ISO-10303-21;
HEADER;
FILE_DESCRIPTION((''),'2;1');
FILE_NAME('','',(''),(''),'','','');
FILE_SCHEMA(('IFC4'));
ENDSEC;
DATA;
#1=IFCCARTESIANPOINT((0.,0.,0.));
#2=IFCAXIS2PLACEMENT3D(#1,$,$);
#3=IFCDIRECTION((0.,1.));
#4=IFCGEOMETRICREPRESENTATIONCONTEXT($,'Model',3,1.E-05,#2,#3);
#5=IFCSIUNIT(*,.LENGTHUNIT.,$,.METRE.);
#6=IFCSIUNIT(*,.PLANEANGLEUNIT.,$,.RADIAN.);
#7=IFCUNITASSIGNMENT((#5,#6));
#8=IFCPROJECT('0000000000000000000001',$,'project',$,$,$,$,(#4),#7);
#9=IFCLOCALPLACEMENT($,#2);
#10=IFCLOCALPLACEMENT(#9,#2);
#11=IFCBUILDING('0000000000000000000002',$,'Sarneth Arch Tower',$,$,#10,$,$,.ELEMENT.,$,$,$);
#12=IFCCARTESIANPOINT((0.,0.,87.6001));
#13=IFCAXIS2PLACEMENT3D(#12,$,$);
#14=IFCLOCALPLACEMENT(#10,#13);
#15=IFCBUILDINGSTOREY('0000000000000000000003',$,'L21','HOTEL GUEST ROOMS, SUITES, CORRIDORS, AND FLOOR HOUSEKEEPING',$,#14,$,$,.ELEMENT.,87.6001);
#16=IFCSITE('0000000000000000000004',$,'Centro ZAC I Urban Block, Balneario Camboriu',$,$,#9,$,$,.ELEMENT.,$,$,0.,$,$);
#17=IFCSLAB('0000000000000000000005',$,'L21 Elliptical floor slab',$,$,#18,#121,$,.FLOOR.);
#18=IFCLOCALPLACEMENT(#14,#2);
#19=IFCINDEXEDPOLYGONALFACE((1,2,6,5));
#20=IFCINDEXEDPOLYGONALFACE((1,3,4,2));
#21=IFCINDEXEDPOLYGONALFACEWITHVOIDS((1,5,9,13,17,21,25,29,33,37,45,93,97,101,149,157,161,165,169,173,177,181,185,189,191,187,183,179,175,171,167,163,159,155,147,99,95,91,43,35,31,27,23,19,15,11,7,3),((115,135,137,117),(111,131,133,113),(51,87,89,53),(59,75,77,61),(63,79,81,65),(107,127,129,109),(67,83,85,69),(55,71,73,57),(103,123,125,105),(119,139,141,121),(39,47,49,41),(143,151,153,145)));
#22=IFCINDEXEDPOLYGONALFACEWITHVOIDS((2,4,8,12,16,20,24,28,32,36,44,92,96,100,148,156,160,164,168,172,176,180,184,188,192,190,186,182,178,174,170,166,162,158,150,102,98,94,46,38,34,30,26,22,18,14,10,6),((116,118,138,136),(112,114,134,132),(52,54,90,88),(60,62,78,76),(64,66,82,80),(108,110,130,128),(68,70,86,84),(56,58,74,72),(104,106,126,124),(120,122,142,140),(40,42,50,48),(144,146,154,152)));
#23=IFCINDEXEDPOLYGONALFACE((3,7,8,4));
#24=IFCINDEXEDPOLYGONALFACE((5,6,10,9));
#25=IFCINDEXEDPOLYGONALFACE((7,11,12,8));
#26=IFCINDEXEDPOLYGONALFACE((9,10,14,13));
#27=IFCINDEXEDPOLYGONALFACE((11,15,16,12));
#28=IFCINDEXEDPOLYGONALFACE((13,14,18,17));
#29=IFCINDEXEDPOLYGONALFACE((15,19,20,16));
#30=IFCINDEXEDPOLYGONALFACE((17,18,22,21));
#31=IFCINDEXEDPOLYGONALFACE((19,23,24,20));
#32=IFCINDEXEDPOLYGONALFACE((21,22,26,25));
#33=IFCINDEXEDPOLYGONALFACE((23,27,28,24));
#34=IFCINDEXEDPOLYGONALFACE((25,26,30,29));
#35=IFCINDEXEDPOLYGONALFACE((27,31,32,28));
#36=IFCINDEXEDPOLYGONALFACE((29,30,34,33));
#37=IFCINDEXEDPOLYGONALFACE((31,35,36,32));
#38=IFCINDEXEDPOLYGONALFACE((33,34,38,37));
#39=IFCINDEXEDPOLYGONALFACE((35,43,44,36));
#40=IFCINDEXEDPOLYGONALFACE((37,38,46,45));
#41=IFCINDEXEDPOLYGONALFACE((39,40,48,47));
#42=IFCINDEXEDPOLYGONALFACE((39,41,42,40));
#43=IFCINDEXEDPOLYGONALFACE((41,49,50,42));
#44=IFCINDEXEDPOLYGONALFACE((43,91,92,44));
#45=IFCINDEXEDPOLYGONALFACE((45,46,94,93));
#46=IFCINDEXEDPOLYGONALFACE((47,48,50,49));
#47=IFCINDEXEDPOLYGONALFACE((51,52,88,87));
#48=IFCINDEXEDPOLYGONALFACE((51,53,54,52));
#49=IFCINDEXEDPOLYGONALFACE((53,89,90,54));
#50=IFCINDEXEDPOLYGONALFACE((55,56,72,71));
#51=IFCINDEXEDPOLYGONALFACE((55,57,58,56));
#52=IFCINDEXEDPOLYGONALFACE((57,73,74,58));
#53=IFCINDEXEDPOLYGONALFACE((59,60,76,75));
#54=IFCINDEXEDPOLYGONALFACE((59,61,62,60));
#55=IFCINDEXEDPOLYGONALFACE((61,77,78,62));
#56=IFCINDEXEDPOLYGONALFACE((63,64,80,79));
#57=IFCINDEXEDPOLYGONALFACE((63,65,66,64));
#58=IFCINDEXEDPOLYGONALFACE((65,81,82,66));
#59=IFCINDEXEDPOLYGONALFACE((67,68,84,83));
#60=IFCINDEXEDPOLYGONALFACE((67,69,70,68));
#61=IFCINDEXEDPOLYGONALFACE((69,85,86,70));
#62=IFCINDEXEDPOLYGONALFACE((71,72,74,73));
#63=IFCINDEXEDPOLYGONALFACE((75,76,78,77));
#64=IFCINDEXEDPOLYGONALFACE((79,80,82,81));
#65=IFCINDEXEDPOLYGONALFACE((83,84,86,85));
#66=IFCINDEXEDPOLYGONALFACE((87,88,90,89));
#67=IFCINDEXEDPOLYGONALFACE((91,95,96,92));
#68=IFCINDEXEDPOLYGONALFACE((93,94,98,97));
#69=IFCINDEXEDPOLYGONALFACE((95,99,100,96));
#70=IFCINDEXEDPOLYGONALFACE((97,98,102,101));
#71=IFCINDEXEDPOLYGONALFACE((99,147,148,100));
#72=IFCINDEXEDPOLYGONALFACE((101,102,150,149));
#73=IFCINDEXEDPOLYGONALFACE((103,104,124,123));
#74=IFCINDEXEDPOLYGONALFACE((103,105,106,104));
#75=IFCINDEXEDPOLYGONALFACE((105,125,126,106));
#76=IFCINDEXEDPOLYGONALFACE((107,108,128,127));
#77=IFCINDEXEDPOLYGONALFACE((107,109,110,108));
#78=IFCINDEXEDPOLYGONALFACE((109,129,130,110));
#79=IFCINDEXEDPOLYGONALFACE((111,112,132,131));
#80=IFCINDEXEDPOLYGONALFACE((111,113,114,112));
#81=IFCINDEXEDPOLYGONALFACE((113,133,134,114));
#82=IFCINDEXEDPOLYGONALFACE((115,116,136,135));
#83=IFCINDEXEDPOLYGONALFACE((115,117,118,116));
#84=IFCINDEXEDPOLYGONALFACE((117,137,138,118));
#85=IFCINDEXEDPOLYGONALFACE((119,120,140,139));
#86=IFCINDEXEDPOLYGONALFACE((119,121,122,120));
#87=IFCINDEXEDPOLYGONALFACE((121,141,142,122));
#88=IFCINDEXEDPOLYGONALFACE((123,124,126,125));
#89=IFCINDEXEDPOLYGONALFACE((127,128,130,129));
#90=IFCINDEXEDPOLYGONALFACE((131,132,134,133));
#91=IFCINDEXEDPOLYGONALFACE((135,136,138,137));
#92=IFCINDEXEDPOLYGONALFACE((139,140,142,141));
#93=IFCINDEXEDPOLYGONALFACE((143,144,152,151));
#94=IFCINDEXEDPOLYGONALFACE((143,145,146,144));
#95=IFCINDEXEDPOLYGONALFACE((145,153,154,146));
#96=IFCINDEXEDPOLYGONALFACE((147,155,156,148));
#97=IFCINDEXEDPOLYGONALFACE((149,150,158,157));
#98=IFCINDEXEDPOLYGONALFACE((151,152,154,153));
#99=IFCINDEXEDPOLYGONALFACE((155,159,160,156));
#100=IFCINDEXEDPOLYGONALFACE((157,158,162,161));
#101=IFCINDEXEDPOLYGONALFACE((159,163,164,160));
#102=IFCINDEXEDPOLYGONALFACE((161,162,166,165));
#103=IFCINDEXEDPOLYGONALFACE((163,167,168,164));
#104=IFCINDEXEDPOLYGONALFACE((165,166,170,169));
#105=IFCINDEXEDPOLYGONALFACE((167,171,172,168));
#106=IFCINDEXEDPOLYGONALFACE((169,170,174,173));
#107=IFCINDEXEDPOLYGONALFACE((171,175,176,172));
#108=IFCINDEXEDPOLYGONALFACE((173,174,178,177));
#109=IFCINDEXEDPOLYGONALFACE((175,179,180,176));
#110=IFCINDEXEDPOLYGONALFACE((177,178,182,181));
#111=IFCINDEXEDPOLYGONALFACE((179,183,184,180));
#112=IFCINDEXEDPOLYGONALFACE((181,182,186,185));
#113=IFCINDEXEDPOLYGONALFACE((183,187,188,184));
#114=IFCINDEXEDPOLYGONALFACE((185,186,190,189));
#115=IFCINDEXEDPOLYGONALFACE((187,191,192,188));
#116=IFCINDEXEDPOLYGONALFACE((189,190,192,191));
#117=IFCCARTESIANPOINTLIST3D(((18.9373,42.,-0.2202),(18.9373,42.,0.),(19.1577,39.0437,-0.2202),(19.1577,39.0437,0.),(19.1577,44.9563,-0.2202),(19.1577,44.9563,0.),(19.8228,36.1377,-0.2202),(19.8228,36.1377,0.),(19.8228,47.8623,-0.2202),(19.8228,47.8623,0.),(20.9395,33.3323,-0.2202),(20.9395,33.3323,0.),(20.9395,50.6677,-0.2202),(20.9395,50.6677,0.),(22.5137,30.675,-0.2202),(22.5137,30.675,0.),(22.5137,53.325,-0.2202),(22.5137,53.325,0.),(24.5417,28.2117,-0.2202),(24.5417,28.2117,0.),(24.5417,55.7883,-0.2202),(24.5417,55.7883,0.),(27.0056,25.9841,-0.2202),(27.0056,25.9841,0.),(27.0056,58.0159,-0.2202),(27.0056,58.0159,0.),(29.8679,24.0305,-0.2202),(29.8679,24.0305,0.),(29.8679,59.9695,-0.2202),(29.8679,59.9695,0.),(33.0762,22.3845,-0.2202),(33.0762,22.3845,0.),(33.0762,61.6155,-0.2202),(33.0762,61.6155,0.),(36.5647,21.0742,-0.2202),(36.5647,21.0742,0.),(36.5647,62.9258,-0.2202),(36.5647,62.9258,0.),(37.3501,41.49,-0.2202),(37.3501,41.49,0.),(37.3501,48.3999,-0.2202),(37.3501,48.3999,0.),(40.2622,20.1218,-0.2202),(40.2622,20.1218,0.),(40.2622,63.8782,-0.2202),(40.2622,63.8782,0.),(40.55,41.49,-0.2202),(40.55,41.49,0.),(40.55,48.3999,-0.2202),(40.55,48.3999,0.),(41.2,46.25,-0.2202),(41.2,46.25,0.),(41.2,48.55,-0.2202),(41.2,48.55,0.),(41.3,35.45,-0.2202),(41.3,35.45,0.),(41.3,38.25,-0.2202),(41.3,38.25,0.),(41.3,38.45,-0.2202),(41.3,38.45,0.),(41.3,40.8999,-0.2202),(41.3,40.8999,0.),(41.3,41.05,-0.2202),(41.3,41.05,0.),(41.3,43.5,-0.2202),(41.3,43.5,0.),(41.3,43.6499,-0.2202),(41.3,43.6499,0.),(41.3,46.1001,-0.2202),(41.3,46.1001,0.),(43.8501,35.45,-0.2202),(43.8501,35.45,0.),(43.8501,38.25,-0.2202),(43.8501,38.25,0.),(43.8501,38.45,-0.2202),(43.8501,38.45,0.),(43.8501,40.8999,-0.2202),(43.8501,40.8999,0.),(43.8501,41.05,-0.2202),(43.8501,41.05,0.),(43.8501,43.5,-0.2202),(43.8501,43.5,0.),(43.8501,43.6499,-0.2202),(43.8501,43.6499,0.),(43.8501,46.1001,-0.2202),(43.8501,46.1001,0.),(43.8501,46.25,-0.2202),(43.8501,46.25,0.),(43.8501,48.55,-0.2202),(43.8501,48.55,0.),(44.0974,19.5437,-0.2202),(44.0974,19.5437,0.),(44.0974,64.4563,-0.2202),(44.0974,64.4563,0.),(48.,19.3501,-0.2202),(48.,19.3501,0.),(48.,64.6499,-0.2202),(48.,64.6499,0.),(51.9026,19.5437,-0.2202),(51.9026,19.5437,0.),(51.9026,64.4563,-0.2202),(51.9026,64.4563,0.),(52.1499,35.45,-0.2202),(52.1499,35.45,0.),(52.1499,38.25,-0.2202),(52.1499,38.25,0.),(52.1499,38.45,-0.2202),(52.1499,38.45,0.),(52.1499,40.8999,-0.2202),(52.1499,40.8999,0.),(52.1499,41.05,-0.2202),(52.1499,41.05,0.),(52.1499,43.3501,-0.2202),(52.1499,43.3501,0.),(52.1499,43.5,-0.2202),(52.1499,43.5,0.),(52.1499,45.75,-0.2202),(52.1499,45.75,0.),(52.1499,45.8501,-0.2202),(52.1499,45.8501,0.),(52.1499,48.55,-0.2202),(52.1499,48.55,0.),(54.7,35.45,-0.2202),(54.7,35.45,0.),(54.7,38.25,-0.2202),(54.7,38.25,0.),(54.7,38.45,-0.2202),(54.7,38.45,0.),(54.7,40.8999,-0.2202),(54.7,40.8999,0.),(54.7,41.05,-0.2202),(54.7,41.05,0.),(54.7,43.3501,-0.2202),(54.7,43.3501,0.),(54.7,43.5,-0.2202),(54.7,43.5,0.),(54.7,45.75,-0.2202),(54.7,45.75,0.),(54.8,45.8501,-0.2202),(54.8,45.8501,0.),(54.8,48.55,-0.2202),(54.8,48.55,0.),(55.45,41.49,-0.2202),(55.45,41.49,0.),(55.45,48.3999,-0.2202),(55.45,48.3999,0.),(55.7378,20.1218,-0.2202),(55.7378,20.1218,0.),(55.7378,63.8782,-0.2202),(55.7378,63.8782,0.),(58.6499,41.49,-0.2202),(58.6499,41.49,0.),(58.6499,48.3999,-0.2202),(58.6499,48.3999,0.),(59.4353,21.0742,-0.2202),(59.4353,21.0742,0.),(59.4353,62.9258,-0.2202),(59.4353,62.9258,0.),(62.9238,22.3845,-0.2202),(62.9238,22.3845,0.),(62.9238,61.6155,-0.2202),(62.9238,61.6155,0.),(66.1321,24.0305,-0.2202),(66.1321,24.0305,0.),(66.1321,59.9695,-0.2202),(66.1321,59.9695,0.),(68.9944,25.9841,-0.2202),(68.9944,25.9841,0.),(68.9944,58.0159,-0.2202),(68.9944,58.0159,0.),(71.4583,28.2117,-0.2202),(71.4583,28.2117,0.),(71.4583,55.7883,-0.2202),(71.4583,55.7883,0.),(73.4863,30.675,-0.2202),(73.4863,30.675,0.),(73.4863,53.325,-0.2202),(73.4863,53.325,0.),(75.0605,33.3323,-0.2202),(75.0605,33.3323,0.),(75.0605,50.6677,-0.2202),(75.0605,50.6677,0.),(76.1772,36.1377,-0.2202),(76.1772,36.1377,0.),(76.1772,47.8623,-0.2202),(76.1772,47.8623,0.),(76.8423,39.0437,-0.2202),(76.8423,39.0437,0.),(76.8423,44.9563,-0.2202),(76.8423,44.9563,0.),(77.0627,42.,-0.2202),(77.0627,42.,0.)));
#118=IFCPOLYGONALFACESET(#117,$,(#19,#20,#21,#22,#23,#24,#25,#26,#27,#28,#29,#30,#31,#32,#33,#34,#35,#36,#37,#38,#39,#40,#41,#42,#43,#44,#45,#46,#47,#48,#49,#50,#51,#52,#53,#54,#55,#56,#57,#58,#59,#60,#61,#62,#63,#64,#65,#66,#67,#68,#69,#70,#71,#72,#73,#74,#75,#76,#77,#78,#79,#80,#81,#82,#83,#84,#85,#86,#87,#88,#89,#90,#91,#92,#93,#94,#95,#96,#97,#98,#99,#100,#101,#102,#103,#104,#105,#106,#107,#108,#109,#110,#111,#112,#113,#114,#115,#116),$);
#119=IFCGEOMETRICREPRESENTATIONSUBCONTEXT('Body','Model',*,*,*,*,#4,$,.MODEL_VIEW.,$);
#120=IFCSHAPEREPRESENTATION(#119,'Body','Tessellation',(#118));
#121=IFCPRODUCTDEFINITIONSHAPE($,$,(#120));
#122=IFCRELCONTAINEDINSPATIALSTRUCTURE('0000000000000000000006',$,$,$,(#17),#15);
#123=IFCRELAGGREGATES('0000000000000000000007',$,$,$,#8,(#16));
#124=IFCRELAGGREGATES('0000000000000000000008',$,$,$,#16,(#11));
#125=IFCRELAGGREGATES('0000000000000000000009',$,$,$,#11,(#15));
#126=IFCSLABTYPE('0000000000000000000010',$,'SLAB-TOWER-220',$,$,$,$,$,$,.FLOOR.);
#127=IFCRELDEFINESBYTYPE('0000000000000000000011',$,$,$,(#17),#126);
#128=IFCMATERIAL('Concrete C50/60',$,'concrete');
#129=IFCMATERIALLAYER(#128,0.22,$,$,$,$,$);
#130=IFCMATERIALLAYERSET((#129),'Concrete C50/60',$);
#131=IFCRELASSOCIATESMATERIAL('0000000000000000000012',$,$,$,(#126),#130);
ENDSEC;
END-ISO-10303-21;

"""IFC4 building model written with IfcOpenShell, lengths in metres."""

from ifc_helpers import new_model, si_unit, direction, frame, origin, place, context, subcontext, project, spatial, polyline, outline, extrude, material, layer, layer_set, type_object, element, save


model = new_model("IFC4")

# Units and contexts
model_context = context("Model", 3, precision=1e-05, world=origin(), true_north=direction((0.0, 1.0)))
body_context = subcontext(model_context, "Body", "Model", "MODEL_VIEW")
ifc_project = project(units=[si_unit("LENGTHUNIT", "METRE"), si_unit("PLANEANGLEUNIT", "RADIAN")], contexts=[model_context])

# Site, building, storey
site_placement = place(None, origin())
site = spatial("IfcSite", under=ifc_project, at=site_placement, Name="Centro ZAC I Urban Block, Balneario Camboriu", CompositionType="ELEMENT", RefElevation=0.0)
building_placement = place(site_placement, origin())
building = spatial("IfcBuilding", under=site, at=building_placement, Name="Sarneth Arch Tower", CompositionType="ELEMENT")
storey_placement = place(building_placement, frame((0.0, 0.0, 87.6001)))
storey = spatial("IfcBuildingStorey", under=building, at=storey_placement, Name="L21", Description="HOTEL GUEST ROOMS, SUITES, CORRIDORS, AND FLOOR HOUSEKEEPING", CompositionType="ELEMENT", Elevation=87.6001)

# Slab
ifc_material_1 = material(Name="Concrete C50/60", Category="concrete")
ifc_layer_1 = layer(ifc_material_1, 0.22)
ifc_layer_set_1 = layer_set([ifc_layer_1], Name="Concrete C50/60")
slab_type_1 = type_object("IfcSlabType", Name="SLAB-TOWER-220", PredefinedType="FLOOR", material=ifc_layer_set_1)
slab_1_placement = place(storey_placement, frame((0.0, 0.0, -0.2202)))
element("IfcSlab", 1, at=slab_1_placement, inside=storey, type_object=slab_type_1, Name="L21 Elliptical floor slab", PredefinedType="FLOOR", context=body_context, shape_type="SweptSolid", body=[
    extrude(outline(polyline([(77.0627, 42.0), (76.8423, 44.9563), (76.1772, 47.8623), (75.0605, 50.6677), (73.4863, 53.325), (71.4583, 55.7883), (68.9944, 58.0159), (66.1321, 59.9695), (62.9238, 61.6155), (59.4353, 62.9258), (55.7378, 63.8782), (51.9026, 64.4563), (48.0, 64.6499), (44.0974, 64.4563), (40.2622, 63.8782), (36.5647, 62.9258), (33.0762, 61.6155), (29.8679, 59.9695), (27.0056, 58.0159), (24.5417, 55.7883), (22.5137, 53.325), (20.9395, 50.6677), (19.8228, 47.8623), (19.1577, 44.9563), (18.9373, 42.0), (19.1577, 39.0437), (19.8228, 36.1377), (20.9395, 33.3323), (22.5137, 30.675), (24.5417, 28.2117), (27.0056, 25.9841), (29.8679, 24.0305), (33.0762, 22.3845), (36.5647, 21.0742), (40.2622, 20.1218), (44.0974, 19.5437), (48.0, 19.3501), (51.9026, 19.5437), (55.7378, 20.1218), (59.4353, 21.0742), (62.9238, 22.3845), (66.1321, 24.0305), (68.9944, 25.9841), (71.4583, 28.2117), (73.4863, 30.675), (75.0605, 33.3323), (76.1772, 36.1377), (76.8423, 39.0437), (77.0627, 42.0)]), holes=[polyline([(37.3501, 41.49), (40.55, 41.49), (40.55, 48.3999), (37.3501, 48.3999), (37.3501, 41.49)]), polyline([(55.45, 41.49), (58.6499, 41.49), (58.6499, 48.3999), (55.45, 48.3999), (55.45, 41.49)]), polyline([(41.2, 46.25), (43.8501, 46.25), (43.8501, 48.55), (41.2, 48.55), (41.2, 46.25)]), polyline([(41.3, 35.45), (43.8501, 35.45), (43.8501, 38.25), (41.3, 38.25), (41.3, 35.45)]), polyline([(52.1499, 35.45), (54.7, 35.45), (54.7, 38.25), (52.1499, 38.25), (52.1499, 35.45)]), polyline([(52.1499, 45.8501), (54.8, 45.8501), (54.8, 48.55), (52.1499, 48.55), (52.1499, 45.8501)]), polyline([(41.3, 38.45), (43.8501, 38.45), (43.8501, 40.8999), (41.3, 40.8999), (41.3, 38.45)]), polyline([(41.3, 41.05), (43.8501, 41.05), (43.8501, 43.5), (41.3, 43.5), (41.3, 41.05)]), polyline([(41.3, 43.6499), (43.8501, 43.6499), (43.8501, 46.1001), (41.3, 46.1001), (41.3, 43.6499)]), polyline([(52.1499, 38.45), (54.7, 38.45), (54.7, 40.8999), (52.1499, 40.8999), (52.1499, 38.45)]), polyline([(52.1499, 41.05), (54.7, 41.05), (54.7, 43.3501), (52.1499, 43.3501), (52.1499, 41.05)]), polyline([(52.1499, 43.5), (54.7, 43.5), (54.7, 45.75), (52.1499, 45.75), (52.1499, 43.5)])]), origin(), (0.0, 0.0, 1.0), 0.2202),
])

save(model, "model.ifc")
